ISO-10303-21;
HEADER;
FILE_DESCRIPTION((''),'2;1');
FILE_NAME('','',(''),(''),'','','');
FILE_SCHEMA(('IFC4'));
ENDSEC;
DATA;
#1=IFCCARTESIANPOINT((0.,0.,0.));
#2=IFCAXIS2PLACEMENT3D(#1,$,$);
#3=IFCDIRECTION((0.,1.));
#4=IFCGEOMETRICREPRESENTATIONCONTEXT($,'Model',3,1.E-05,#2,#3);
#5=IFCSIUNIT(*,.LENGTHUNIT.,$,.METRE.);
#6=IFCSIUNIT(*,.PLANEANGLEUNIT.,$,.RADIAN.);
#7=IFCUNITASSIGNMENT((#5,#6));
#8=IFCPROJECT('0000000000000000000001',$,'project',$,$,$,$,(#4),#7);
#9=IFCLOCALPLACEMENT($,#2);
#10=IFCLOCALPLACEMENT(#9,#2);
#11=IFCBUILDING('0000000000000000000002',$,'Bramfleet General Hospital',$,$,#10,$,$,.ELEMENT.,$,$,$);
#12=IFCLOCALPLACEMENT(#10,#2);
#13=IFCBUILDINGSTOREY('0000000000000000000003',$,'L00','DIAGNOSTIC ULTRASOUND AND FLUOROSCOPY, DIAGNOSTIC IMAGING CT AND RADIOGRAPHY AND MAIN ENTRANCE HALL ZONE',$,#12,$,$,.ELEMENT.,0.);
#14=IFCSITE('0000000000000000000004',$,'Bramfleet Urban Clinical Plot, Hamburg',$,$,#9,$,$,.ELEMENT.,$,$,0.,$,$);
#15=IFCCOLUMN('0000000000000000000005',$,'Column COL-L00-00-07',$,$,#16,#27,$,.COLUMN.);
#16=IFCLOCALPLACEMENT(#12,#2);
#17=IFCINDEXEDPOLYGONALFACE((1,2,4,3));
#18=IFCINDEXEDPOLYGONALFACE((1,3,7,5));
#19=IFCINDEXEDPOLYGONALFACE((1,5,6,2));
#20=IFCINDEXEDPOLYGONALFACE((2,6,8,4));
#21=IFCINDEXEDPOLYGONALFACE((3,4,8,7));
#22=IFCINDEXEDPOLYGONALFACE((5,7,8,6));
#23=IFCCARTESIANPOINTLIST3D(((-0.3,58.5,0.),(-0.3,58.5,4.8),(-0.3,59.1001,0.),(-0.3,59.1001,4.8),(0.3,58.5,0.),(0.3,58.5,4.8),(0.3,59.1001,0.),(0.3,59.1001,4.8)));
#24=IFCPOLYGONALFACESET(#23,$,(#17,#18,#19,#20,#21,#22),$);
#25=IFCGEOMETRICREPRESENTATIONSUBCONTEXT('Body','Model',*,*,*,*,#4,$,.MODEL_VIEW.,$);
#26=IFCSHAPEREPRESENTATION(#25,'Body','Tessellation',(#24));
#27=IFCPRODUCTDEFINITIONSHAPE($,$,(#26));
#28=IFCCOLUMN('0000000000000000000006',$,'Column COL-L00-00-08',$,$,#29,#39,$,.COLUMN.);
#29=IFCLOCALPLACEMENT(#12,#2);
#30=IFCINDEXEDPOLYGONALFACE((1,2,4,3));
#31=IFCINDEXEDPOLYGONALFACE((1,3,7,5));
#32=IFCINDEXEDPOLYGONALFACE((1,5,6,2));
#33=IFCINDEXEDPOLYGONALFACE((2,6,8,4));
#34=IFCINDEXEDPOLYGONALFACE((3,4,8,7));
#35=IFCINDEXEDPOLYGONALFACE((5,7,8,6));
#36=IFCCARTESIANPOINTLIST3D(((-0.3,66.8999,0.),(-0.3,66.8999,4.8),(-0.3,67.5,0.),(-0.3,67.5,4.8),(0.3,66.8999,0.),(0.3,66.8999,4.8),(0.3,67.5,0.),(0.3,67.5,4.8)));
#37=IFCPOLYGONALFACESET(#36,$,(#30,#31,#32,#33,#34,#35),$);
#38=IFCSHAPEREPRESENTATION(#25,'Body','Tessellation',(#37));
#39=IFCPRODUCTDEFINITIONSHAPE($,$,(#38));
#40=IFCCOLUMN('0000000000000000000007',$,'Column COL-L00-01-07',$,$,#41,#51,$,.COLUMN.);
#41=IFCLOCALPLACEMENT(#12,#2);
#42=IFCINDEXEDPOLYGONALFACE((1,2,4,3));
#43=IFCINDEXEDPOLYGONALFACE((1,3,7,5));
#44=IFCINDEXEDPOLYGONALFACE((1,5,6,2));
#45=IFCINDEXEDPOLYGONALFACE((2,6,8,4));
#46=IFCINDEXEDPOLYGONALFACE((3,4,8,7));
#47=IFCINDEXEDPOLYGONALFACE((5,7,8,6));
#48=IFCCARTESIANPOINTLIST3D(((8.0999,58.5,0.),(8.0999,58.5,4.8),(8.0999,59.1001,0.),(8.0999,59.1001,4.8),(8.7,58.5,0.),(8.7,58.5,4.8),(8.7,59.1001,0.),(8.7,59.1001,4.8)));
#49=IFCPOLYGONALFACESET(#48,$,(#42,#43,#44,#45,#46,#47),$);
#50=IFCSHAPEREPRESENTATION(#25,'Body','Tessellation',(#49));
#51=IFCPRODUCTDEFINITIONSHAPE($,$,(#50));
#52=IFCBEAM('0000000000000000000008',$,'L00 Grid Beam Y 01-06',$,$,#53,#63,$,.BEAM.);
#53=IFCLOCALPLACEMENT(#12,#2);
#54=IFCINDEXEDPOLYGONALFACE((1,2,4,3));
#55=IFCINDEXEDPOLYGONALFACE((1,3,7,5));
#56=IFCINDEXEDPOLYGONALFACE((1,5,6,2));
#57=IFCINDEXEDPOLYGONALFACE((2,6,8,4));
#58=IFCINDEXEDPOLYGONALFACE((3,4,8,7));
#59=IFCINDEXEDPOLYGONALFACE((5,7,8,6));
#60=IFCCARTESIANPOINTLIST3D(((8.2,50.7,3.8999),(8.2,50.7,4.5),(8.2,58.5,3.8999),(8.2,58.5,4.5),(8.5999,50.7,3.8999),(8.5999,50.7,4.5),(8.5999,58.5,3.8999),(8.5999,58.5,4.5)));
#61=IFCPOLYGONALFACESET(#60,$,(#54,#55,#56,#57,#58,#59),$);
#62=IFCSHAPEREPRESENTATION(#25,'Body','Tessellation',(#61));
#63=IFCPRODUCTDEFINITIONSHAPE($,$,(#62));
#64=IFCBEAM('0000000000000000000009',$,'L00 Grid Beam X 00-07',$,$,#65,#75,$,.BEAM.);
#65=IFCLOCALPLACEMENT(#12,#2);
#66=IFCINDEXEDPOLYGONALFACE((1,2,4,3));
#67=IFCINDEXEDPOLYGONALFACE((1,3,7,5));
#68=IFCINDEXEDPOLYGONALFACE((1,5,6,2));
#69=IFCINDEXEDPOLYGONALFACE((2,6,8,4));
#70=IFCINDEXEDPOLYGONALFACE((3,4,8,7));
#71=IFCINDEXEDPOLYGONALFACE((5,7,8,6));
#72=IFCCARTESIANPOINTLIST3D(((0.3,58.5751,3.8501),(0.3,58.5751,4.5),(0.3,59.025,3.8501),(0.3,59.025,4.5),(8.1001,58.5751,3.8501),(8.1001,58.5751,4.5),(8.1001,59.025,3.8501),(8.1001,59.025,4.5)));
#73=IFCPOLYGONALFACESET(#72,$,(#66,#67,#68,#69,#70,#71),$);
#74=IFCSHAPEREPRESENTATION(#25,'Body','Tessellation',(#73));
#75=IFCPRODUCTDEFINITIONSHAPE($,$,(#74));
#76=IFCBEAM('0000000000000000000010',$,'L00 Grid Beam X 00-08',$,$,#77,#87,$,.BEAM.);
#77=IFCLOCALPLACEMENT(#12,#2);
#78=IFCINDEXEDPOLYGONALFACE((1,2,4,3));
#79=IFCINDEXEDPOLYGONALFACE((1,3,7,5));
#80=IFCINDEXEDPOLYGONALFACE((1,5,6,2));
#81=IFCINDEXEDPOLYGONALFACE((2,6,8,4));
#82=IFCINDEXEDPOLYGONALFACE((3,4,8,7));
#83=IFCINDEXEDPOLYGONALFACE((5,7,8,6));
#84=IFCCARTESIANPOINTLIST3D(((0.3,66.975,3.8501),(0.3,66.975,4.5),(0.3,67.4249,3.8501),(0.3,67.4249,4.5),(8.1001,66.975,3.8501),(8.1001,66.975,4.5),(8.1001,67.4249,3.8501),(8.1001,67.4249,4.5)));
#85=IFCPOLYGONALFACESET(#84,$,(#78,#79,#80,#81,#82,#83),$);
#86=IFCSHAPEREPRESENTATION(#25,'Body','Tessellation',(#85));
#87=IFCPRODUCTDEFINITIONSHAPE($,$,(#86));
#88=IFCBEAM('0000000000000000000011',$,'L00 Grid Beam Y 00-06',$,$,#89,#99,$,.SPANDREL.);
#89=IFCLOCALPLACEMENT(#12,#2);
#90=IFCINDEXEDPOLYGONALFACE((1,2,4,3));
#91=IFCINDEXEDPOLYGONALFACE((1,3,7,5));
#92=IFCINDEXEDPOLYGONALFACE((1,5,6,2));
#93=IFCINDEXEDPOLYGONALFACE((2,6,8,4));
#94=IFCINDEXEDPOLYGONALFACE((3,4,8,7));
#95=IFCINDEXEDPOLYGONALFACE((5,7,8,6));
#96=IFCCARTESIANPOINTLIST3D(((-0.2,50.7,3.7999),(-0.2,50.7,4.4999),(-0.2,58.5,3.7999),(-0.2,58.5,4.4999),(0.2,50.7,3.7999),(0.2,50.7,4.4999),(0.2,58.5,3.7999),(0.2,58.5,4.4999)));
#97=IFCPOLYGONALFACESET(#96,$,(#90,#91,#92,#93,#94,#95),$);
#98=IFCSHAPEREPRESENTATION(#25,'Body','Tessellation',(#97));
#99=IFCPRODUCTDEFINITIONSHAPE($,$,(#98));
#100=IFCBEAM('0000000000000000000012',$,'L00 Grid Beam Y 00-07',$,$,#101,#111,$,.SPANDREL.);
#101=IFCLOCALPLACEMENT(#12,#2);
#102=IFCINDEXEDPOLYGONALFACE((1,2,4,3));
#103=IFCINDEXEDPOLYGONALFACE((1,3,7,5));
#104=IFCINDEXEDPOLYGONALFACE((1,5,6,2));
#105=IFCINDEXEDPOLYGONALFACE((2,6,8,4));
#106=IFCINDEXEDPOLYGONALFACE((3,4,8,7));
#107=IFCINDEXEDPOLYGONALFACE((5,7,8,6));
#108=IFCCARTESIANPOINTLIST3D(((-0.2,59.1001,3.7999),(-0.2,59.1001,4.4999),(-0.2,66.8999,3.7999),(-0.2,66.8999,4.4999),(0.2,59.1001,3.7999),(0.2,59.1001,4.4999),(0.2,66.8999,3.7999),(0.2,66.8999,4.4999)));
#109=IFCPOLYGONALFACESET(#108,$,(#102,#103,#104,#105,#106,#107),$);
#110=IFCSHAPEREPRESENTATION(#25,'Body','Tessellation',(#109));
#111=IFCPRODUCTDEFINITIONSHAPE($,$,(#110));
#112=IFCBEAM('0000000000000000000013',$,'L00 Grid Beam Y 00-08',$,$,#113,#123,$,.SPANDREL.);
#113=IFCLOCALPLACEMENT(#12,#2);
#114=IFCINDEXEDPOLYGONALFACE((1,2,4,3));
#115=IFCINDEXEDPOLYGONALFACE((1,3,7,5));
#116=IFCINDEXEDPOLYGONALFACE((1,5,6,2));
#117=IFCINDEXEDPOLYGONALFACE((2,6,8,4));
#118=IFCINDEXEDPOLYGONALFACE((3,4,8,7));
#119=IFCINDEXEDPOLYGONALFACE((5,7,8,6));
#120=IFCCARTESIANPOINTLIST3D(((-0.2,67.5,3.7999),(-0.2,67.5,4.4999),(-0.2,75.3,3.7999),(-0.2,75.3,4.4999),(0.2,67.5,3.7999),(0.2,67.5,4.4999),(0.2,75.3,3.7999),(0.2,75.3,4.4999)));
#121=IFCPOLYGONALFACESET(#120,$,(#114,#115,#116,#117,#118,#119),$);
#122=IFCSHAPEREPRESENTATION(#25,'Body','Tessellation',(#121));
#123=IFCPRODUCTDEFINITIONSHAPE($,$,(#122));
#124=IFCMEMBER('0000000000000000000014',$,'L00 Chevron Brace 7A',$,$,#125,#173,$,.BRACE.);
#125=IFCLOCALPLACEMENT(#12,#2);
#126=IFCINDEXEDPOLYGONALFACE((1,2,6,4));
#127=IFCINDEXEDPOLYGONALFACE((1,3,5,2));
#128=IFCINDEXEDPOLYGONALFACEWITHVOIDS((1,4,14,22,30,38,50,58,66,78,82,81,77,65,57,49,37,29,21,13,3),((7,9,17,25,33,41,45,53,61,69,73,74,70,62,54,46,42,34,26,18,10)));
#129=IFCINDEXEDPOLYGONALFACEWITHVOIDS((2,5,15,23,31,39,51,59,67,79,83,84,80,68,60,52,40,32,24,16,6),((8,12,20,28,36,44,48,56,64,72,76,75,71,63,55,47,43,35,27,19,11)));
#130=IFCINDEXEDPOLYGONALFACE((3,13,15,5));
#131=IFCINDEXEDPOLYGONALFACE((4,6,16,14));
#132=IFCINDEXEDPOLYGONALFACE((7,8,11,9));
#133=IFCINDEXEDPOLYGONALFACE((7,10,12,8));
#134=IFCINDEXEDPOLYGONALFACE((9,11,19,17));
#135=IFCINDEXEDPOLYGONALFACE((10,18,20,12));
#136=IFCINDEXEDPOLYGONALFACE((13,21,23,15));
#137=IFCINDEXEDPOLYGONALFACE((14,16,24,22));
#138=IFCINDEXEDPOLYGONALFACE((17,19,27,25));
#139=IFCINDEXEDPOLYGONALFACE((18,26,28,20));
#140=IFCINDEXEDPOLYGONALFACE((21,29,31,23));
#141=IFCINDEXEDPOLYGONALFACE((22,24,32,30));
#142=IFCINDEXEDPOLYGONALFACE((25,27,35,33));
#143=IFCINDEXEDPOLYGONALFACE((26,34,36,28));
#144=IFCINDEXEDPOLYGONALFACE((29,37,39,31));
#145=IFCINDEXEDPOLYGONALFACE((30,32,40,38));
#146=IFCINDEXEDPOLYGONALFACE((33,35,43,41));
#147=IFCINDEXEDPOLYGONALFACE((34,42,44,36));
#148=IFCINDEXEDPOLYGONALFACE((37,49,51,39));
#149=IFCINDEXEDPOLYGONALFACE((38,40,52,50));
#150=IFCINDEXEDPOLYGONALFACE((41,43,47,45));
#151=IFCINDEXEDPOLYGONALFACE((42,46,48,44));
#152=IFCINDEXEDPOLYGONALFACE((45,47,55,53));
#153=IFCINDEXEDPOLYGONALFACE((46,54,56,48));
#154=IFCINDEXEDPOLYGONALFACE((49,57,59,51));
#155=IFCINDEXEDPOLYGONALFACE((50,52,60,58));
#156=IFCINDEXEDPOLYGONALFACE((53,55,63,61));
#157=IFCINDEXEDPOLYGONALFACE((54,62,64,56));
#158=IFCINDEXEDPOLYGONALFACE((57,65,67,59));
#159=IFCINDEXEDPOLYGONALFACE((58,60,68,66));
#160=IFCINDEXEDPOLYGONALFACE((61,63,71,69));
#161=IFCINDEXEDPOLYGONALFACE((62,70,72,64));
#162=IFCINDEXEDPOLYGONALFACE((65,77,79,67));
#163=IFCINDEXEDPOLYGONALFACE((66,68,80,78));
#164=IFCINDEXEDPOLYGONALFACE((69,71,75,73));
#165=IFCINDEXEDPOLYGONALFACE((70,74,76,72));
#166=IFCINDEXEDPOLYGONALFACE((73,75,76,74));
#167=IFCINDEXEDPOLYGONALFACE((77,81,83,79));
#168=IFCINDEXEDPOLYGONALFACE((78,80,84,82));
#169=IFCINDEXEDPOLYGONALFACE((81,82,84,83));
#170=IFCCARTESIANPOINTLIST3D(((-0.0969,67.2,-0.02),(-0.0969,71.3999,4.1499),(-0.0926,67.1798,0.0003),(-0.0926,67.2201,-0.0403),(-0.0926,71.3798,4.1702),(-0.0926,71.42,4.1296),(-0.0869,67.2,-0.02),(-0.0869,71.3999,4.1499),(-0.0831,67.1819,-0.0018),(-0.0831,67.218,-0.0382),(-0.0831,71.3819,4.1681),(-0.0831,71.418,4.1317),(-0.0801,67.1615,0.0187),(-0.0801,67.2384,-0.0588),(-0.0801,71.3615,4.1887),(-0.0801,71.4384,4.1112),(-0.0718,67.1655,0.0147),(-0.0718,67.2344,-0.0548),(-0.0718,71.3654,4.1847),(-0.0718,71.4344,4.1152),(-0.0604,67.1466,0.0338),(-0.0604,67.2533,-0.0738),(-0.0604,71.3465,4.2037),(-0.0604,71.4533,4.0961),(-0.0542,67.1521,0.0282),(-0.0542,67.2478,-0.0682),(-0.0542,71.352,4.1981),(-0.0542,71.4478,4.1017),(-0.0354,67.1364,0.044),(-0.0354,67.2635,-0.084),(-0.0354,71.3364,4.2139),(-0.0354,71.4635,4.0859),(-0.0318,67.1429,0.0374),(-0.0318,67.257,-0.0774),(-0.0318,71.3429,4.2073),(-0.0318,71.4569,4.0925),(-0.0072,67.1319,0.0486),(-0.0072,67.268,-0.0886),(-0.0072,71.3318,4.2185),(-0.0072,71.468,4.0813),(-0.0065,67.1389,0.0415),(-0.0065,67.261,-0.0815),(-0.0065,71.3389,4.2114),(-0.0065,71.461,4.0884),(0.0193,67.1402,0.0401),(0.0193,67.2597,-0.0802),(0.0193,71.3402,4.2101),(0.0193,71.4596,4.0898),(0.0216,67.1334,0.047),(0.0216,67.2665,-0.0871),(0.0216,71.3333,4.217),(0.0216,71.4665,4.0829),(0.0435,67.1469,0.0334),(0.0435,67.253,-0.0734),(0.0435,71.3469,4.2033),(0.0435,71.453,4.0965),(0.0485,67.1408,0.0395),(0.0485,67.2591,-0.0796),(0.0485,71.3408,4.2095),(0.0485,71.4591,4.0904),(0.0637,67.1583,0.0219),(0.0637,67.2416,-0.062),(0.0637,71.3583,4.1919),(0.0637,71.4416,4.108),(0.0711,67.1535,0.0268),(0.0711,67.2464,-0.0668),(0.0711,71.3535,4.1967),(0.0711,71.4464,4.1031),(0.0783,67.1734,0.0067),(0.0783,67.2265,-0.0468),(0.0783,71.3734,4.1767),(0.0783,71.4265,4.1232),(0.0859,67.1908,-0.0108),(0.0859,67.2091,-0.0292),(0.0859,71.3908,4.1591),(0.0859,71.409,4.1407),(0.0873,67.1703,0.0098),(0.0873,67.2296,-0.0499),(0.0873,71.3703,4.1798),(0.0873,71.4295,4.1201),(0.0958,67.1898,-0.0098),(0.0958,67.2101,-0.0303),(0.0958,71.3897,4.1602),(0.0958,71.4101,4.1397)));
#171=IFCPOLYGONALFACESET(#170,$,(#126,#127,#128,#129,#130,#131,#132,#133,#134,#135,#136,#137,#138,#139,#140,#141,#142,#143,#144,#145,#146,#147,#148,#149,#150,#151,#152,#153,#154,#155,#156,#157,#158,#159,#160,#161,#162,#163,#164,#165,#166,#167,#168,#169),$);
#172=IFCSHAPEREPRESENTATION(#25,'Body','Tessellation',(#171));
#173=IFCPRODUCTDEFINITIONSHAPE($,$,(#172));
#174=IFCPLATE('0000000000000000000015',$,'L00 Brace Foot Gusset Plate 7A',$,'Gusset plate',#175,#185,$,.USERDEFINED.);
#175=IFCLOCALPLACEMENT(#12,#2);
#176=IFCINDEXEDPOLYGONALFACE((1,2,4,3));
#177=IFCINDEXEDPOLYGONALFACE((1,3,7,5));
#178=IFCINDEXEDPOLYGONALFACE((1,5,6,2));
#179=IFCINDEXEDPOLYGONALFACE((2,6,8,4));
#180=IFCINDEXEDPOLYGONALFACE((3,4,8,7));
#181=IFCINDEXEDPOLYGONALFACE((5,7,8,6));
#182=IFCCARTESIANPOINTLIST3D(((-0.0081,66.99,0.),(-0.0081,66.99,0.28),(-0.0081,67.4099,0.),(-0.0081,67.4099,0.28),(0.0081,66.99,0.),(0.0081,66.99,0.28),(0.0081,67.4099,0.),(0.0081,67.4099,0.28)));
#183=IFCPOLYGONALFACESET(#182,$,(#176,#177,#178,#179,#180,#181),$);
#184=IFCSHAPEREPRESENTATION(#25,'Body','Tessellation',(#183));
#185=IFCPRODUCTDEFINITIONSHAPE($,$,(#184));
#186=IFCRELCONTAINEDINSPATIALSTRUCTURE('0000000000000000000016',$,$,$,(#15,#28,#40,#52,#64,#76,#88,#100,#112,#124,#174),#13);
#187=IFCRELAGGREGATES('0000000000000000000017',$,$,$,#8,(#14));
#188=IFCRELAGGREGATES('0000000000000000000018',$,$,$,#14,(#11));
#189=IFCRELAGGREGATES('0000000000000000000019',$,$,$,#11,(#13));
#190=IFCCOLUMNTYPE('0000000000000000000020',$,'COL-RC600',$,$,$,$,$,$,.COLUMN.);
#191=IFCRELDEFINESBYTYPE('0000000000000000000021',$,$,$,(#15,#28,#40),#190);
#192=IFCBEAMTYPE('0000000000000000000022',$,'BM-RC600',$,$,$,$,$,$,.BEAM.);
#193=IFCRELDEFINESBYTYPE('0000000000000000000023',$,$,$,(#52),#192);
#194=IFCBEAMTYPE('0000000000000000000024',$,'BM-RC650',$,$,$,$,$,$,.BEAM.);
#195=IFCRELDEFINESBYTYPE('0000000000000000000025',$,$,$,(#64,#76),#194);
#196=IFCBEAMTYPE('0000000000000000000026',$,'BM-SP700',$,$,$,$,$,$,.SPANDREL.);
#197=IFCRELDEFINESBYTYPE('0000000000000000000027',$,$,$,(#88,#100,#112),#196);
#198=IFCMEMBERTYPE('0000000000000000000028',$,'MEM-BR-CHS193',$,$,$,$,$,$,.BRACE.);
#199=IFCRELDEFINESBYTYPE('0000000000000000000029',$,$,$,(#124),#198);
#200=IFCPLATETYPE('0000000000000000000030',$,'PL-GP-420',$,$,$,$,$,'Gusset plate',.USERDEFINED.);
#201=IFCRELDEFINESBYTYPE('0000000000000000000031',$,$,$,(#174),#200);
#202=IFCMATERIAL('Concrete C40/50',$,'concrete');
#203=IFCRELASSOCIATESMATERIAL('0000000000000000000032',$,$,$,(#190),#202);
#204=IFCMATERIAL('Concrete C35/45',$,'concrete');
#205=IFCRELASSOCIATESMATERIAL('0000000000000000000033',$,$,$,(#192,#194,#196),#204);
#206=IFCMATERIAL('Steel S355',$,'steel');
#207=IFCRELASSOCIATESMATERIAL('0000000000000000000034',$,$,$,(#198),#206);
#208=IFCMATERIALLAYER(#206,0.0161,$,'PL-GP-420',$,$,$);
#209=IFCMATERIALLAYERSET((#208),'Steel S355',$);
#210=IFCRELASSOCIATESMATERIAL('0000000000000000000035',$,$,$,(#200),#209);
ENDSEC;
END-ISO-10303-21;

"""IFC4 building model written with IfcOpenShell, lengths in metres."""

from ifc_helpers import new_model, si_unit, direction, frame, origin, origin_2d, place, context, subcontext, project, spatial, rectangle, hollow_circle, extrude, material, layer, layer_set, material_profile, profile_set, type_object, element, save


model = new_model("IFC4")

# Units and contexts
model_context = context("Model", 3, precision=1e-05, world=origin(), true_north=direction((0.0, 1.0)))
body_context = subcontext(model_context, "Body", "Model", "MODEL_VIEW")
ifc_project = project(units=[si_unit("LENGTHUNIT", "METRE"), si_unit("PLANEANGLEUNIT", "RADIAN")], contexts=[model_context])

# Site, building, storey
site_placement = place(None, origin())
site = spatial("IfcSite", under=ifc_project, at=site_placement, Name="Bramfleet Urban Clinical Plot, Hamburg", CompositionType="ELEMENT", RefElevation=0.0)
building_placement = place(site_placement, origin())
building = spatial("IfcBuilding", under=site, at=building_placement, Name="Bramfleet General Hospital", CompositionType="ELEMENT")
storey_placement = place(building_placement, origin())
storey = spatial("IfcBuildingStorey", under=building, at=storey_placement, Name="L00", Description="DIAGNOSTIC ULTRASOUND AND FLUOROSCOPY, DIAGNOSTIC IMAGING CT AND RADIOGRAPHY AND MAIN ENTRANCE HALL ZONE", CompositionType="ELEMENT", Elevation=0.0)

# Columns
ifc_material_1 = material(Name="Concrete C40/50", Category="concrete")
ifc_material_profile_1 = material_profile(ifc_material_1, rectangle(XDim=0.6001, YDim=0.6001, at=origin_2d()), Name="RC COL 600x600")
ifc_profile_set_1 = profile_set([ifc_material_profile_1], Name="Concrete C40/50")
column_type = type_object("IfcColumnType", Name="COL-RC600", PredefinedType="COLUMN", material=ifc_profile_set_1)
for number, where, z_axis, x_axis, name in (
    (1, (0.0, 58.8, 0.0), (0.0, 0.0, 1.0), (1.0, 0.0, 0.0), "Column COL-L00-00-07"),
    (2, (0.0, 67.2, 0.0), (0.0, 0.0, 1.0), (1.0, 0.0, 0.0), "Column COL-L00-00-08"),
    (3, (8.3999, 58.8, 0.0), (0.0, 0.0, 1.0), (1.0, 0.0, 0.0), "Column COL-L00-01-07"),
):
    element("IfcColumn", number, at=place(storey_placement, frame(where, z_axis=z_axis, x_axis=x_axis)), inside=storey, type_object=column_type, Name=name, PredefinedType="COLUMN", context=body_context, shape_type="SweptSolid", body=[
        extrude(rectangle(XDim=0.6001, YDim=0.6001, at=origin_2d()), origin(), (0.0, 0.0, 1.0), 4.8),
    ])

# Beams
ifc_material_2 = material(Name="Concrete C35/45", Category="concrete")
ifc_material_profile_2 = material_profile(ifc_material_2, rectangle(XDim=0.3999, YDim=0.6001, at=origin_2d()), Name="RC BM 600x400")
ifc_profile_set_2 = profile_set([ifc_material_profile_2], Name="Concrete C35/45")
beam_type_1 = type_object("IfcBeamType", Name="BM-RC600", PredefinedType="BEAM", material=ifc_profile_set_2)
beam_1_placement = place(storey_placement, frame((8.3999, 50.7, 4.2), z_axis=(0.0, 1.0, 0.0), x_axis=(-1.0, 0.0, 0.0)))
element("IfcBeam", 4, at=beam_1_placement, inside=storey, type_object=beam_type_1, Name="L00 Grid Beam Y 01-06", PredefinedType="BEAM", context=body_context, shape_type="SweptSolid", body=[
    extrude(rectangle(XDim=0.3999, YDim=0.6001, at=origin_2d()), origin(), (0.0, 0.0, 1.0), 7.8),
])
ifc_material_profile_3 = material_profile(ifc_material_2, rectangle(XDim=0.45, YDim=0.6499, at=origin_2d()), Name="RC BM 650x450")
ifc_profile_set_3 = profile_set([ifc_material_profile_3], Name="Concrete C35/45")
beam_type_2 = type_object("IfcBeamType", Name="BM-RC650", PredefinedType="BEAM", material=ifc_profile_set_3)
for number, where, z_axis, x_axis, name in (
    (5, (0.3, 58.8, 4.175), (1.0, 0.0, 0.0), (0.0, 1.0, 0.0), "L00 Grid Beam X 00-07"),
    (6, (0.3, 67.2, 4.175), (1.0, 0.0, 0.0), (0.0, 1.0, 0.0), "L00 Grid Beam X 00-08"),
):
    element("IfcBeam", number, at=place(storey_placement, frame(where, z_axis=z_axis, x_axis=x_axis)), inside=storey, type_object=beam_type_2, Name=name, PredefinedType="BEAM", context=body_context, shape_type="SweptSolid", body=[
        extrude(rectangle(XDim=0.45, YDim=0.6499, at=origin_2d()), origin(), (0.0, 0.0, 1.0), 7.8),
    ])
ifc_material_profile_4 = material_profile(ifc_material_2, rectangle(XDim=0.3999, YDim=0.7, at=origin_2d()), Name="RC SP 700x400")
ifc_profile_set_4 = profile_set([ifc_material_profile_4], Name="Concrete C35/45")
beam_type_3 = type_object("IfcBeamType", Name="BM-SP700", PredefinedType="SPANDREL", material=ifc_profile_set_4)
beam_2_placement = place(storey_placement, frame((0.0, 50.7, 4.1499), z_axis=(0.0, 1.0, 0.0), x_axis=(-1.0, 0.0, 0.0)))
element("IfcBeam", 7, at=beam_2_placement, inside=storey, type_object=beam_type_3, Name="L00 Grid Beam Y 00-06", PredefinedType="SPANDREL", context=body_context, shape_type="SweptSolid", body=[
    extrude(rectangle(XDim=0.3999, YDim=0.7, at=origin_2d()), origin(), (0.0, 0.0, 1.0), 7.8),
])
beam_3_placement = place(storey_placement, frame((0.0, 59.1001, 4.1499), z_axis=(0.0, 1.0, 0.0), x_axis=(-1.0, 0.0, 0.0)))
element("IfcBeam", 8, at=beam_3_placement, inside=storey, type_object=beam_type_3, Name="L00 Grid Beam Y 00-07", PredefinedType="SPANDREL", context=body_context, shape_type="SweptSolid", body=[
    extrude(rectangle(XDim=0.3999, YDim=0.7, at=origin_2d()), origin(), (0.0, 0.0, 1.0), 7.7998),
])
beam_4_placement = place(storey_placement, frame((0.0, 67.5, 4.1499), z_axis=(0.0, 1.0, 0.0), x_axis=(-1.0, 0.0, 0.0)))
element("IfcBeam", 9, at=beam_4_placement, inside=storey, type_object=beam_type_3, Name="L00 Grid Beam Y 00-08", PredefinedType="SPANDREL", context=body_context, shape_type="SweptSolid", body=[
    extrude(rectangle(XDim=0.3999, YDim=0.7, at=origin_2d()), origin(), (0.0, 0.0, 1.0), 7.8),
])

# Member
ifc_material_3 = material(Name="Steel S355", Category="steel")
ifc_material_profile_5 = material_profile(ifc_material_3, hollow_circle(Radius=0.0969, WallThickness=0.01, at=origin_2d()), Name="CHS 193.7x10.0")
ifc_profile_set_5 = profile_set([ifc_material_profile_5], Name="Steel S355")
member_type = type_object("IfcMemberType", Name="MEM-BR-CHS193", PredefinedType="BRACE", material=ifc_profile_set_5)
member_placement = place(storey_placement, frame((0.0, 67.2, -0.02), z_axis=(0.0, 0.709639, 0.704565), x_axis=(-1.0, 0.0, 0.0)))
element("IfcMember", 10, at=member_placement, inside=storey, type_object=member_type, Name="L00 Chevron Brace 7A", PredefinedType="BRACE", context=body_context, shape_type="SweptSolid", body=[
    extrude(hollow_circle(Radius=0.0969, WallThickness=0.01, at=origin_2d()), origin(), (0.0, 0.0, 1.0), 5.9185),
])

# Plate
ifc_layer_1 = layer(ifc_material_3, 0.0161, Name="PL-GP-420")
ifc_layer_set_1 = layer_set([ifc_layer_1], Name="Steel S355")
plate_type = type_object("IfcPlateType", Name="PL-GP-420", ElementType="Gusset plate", PredefinedType="USERDEFINED", material=ifc_layer_set_1)
plate_placement = place(storey_placement, frame((0.0, 67.2, 0.0), z_axis=(0.0, 0.0, 1.0), x_axis=(1.0, 0.0, 0.0)))
element("IfcPlate", 11, at=plate_placement, inside=storey, type_object=plate_type, Name="L00 Brace Foot Gusset Plate 7A", ObjectType="Gusset plate", PredefinedType="USERDEFINED", context=body_context, shape_type="SweptSolid", body=[
    extrude(rectangle(XDim=0.0161, YDim=0.4199, at=origin_2d()), origin(), (0.0, 0.0, 1.0), 0.28),
])

save(model, "model.ifc")
